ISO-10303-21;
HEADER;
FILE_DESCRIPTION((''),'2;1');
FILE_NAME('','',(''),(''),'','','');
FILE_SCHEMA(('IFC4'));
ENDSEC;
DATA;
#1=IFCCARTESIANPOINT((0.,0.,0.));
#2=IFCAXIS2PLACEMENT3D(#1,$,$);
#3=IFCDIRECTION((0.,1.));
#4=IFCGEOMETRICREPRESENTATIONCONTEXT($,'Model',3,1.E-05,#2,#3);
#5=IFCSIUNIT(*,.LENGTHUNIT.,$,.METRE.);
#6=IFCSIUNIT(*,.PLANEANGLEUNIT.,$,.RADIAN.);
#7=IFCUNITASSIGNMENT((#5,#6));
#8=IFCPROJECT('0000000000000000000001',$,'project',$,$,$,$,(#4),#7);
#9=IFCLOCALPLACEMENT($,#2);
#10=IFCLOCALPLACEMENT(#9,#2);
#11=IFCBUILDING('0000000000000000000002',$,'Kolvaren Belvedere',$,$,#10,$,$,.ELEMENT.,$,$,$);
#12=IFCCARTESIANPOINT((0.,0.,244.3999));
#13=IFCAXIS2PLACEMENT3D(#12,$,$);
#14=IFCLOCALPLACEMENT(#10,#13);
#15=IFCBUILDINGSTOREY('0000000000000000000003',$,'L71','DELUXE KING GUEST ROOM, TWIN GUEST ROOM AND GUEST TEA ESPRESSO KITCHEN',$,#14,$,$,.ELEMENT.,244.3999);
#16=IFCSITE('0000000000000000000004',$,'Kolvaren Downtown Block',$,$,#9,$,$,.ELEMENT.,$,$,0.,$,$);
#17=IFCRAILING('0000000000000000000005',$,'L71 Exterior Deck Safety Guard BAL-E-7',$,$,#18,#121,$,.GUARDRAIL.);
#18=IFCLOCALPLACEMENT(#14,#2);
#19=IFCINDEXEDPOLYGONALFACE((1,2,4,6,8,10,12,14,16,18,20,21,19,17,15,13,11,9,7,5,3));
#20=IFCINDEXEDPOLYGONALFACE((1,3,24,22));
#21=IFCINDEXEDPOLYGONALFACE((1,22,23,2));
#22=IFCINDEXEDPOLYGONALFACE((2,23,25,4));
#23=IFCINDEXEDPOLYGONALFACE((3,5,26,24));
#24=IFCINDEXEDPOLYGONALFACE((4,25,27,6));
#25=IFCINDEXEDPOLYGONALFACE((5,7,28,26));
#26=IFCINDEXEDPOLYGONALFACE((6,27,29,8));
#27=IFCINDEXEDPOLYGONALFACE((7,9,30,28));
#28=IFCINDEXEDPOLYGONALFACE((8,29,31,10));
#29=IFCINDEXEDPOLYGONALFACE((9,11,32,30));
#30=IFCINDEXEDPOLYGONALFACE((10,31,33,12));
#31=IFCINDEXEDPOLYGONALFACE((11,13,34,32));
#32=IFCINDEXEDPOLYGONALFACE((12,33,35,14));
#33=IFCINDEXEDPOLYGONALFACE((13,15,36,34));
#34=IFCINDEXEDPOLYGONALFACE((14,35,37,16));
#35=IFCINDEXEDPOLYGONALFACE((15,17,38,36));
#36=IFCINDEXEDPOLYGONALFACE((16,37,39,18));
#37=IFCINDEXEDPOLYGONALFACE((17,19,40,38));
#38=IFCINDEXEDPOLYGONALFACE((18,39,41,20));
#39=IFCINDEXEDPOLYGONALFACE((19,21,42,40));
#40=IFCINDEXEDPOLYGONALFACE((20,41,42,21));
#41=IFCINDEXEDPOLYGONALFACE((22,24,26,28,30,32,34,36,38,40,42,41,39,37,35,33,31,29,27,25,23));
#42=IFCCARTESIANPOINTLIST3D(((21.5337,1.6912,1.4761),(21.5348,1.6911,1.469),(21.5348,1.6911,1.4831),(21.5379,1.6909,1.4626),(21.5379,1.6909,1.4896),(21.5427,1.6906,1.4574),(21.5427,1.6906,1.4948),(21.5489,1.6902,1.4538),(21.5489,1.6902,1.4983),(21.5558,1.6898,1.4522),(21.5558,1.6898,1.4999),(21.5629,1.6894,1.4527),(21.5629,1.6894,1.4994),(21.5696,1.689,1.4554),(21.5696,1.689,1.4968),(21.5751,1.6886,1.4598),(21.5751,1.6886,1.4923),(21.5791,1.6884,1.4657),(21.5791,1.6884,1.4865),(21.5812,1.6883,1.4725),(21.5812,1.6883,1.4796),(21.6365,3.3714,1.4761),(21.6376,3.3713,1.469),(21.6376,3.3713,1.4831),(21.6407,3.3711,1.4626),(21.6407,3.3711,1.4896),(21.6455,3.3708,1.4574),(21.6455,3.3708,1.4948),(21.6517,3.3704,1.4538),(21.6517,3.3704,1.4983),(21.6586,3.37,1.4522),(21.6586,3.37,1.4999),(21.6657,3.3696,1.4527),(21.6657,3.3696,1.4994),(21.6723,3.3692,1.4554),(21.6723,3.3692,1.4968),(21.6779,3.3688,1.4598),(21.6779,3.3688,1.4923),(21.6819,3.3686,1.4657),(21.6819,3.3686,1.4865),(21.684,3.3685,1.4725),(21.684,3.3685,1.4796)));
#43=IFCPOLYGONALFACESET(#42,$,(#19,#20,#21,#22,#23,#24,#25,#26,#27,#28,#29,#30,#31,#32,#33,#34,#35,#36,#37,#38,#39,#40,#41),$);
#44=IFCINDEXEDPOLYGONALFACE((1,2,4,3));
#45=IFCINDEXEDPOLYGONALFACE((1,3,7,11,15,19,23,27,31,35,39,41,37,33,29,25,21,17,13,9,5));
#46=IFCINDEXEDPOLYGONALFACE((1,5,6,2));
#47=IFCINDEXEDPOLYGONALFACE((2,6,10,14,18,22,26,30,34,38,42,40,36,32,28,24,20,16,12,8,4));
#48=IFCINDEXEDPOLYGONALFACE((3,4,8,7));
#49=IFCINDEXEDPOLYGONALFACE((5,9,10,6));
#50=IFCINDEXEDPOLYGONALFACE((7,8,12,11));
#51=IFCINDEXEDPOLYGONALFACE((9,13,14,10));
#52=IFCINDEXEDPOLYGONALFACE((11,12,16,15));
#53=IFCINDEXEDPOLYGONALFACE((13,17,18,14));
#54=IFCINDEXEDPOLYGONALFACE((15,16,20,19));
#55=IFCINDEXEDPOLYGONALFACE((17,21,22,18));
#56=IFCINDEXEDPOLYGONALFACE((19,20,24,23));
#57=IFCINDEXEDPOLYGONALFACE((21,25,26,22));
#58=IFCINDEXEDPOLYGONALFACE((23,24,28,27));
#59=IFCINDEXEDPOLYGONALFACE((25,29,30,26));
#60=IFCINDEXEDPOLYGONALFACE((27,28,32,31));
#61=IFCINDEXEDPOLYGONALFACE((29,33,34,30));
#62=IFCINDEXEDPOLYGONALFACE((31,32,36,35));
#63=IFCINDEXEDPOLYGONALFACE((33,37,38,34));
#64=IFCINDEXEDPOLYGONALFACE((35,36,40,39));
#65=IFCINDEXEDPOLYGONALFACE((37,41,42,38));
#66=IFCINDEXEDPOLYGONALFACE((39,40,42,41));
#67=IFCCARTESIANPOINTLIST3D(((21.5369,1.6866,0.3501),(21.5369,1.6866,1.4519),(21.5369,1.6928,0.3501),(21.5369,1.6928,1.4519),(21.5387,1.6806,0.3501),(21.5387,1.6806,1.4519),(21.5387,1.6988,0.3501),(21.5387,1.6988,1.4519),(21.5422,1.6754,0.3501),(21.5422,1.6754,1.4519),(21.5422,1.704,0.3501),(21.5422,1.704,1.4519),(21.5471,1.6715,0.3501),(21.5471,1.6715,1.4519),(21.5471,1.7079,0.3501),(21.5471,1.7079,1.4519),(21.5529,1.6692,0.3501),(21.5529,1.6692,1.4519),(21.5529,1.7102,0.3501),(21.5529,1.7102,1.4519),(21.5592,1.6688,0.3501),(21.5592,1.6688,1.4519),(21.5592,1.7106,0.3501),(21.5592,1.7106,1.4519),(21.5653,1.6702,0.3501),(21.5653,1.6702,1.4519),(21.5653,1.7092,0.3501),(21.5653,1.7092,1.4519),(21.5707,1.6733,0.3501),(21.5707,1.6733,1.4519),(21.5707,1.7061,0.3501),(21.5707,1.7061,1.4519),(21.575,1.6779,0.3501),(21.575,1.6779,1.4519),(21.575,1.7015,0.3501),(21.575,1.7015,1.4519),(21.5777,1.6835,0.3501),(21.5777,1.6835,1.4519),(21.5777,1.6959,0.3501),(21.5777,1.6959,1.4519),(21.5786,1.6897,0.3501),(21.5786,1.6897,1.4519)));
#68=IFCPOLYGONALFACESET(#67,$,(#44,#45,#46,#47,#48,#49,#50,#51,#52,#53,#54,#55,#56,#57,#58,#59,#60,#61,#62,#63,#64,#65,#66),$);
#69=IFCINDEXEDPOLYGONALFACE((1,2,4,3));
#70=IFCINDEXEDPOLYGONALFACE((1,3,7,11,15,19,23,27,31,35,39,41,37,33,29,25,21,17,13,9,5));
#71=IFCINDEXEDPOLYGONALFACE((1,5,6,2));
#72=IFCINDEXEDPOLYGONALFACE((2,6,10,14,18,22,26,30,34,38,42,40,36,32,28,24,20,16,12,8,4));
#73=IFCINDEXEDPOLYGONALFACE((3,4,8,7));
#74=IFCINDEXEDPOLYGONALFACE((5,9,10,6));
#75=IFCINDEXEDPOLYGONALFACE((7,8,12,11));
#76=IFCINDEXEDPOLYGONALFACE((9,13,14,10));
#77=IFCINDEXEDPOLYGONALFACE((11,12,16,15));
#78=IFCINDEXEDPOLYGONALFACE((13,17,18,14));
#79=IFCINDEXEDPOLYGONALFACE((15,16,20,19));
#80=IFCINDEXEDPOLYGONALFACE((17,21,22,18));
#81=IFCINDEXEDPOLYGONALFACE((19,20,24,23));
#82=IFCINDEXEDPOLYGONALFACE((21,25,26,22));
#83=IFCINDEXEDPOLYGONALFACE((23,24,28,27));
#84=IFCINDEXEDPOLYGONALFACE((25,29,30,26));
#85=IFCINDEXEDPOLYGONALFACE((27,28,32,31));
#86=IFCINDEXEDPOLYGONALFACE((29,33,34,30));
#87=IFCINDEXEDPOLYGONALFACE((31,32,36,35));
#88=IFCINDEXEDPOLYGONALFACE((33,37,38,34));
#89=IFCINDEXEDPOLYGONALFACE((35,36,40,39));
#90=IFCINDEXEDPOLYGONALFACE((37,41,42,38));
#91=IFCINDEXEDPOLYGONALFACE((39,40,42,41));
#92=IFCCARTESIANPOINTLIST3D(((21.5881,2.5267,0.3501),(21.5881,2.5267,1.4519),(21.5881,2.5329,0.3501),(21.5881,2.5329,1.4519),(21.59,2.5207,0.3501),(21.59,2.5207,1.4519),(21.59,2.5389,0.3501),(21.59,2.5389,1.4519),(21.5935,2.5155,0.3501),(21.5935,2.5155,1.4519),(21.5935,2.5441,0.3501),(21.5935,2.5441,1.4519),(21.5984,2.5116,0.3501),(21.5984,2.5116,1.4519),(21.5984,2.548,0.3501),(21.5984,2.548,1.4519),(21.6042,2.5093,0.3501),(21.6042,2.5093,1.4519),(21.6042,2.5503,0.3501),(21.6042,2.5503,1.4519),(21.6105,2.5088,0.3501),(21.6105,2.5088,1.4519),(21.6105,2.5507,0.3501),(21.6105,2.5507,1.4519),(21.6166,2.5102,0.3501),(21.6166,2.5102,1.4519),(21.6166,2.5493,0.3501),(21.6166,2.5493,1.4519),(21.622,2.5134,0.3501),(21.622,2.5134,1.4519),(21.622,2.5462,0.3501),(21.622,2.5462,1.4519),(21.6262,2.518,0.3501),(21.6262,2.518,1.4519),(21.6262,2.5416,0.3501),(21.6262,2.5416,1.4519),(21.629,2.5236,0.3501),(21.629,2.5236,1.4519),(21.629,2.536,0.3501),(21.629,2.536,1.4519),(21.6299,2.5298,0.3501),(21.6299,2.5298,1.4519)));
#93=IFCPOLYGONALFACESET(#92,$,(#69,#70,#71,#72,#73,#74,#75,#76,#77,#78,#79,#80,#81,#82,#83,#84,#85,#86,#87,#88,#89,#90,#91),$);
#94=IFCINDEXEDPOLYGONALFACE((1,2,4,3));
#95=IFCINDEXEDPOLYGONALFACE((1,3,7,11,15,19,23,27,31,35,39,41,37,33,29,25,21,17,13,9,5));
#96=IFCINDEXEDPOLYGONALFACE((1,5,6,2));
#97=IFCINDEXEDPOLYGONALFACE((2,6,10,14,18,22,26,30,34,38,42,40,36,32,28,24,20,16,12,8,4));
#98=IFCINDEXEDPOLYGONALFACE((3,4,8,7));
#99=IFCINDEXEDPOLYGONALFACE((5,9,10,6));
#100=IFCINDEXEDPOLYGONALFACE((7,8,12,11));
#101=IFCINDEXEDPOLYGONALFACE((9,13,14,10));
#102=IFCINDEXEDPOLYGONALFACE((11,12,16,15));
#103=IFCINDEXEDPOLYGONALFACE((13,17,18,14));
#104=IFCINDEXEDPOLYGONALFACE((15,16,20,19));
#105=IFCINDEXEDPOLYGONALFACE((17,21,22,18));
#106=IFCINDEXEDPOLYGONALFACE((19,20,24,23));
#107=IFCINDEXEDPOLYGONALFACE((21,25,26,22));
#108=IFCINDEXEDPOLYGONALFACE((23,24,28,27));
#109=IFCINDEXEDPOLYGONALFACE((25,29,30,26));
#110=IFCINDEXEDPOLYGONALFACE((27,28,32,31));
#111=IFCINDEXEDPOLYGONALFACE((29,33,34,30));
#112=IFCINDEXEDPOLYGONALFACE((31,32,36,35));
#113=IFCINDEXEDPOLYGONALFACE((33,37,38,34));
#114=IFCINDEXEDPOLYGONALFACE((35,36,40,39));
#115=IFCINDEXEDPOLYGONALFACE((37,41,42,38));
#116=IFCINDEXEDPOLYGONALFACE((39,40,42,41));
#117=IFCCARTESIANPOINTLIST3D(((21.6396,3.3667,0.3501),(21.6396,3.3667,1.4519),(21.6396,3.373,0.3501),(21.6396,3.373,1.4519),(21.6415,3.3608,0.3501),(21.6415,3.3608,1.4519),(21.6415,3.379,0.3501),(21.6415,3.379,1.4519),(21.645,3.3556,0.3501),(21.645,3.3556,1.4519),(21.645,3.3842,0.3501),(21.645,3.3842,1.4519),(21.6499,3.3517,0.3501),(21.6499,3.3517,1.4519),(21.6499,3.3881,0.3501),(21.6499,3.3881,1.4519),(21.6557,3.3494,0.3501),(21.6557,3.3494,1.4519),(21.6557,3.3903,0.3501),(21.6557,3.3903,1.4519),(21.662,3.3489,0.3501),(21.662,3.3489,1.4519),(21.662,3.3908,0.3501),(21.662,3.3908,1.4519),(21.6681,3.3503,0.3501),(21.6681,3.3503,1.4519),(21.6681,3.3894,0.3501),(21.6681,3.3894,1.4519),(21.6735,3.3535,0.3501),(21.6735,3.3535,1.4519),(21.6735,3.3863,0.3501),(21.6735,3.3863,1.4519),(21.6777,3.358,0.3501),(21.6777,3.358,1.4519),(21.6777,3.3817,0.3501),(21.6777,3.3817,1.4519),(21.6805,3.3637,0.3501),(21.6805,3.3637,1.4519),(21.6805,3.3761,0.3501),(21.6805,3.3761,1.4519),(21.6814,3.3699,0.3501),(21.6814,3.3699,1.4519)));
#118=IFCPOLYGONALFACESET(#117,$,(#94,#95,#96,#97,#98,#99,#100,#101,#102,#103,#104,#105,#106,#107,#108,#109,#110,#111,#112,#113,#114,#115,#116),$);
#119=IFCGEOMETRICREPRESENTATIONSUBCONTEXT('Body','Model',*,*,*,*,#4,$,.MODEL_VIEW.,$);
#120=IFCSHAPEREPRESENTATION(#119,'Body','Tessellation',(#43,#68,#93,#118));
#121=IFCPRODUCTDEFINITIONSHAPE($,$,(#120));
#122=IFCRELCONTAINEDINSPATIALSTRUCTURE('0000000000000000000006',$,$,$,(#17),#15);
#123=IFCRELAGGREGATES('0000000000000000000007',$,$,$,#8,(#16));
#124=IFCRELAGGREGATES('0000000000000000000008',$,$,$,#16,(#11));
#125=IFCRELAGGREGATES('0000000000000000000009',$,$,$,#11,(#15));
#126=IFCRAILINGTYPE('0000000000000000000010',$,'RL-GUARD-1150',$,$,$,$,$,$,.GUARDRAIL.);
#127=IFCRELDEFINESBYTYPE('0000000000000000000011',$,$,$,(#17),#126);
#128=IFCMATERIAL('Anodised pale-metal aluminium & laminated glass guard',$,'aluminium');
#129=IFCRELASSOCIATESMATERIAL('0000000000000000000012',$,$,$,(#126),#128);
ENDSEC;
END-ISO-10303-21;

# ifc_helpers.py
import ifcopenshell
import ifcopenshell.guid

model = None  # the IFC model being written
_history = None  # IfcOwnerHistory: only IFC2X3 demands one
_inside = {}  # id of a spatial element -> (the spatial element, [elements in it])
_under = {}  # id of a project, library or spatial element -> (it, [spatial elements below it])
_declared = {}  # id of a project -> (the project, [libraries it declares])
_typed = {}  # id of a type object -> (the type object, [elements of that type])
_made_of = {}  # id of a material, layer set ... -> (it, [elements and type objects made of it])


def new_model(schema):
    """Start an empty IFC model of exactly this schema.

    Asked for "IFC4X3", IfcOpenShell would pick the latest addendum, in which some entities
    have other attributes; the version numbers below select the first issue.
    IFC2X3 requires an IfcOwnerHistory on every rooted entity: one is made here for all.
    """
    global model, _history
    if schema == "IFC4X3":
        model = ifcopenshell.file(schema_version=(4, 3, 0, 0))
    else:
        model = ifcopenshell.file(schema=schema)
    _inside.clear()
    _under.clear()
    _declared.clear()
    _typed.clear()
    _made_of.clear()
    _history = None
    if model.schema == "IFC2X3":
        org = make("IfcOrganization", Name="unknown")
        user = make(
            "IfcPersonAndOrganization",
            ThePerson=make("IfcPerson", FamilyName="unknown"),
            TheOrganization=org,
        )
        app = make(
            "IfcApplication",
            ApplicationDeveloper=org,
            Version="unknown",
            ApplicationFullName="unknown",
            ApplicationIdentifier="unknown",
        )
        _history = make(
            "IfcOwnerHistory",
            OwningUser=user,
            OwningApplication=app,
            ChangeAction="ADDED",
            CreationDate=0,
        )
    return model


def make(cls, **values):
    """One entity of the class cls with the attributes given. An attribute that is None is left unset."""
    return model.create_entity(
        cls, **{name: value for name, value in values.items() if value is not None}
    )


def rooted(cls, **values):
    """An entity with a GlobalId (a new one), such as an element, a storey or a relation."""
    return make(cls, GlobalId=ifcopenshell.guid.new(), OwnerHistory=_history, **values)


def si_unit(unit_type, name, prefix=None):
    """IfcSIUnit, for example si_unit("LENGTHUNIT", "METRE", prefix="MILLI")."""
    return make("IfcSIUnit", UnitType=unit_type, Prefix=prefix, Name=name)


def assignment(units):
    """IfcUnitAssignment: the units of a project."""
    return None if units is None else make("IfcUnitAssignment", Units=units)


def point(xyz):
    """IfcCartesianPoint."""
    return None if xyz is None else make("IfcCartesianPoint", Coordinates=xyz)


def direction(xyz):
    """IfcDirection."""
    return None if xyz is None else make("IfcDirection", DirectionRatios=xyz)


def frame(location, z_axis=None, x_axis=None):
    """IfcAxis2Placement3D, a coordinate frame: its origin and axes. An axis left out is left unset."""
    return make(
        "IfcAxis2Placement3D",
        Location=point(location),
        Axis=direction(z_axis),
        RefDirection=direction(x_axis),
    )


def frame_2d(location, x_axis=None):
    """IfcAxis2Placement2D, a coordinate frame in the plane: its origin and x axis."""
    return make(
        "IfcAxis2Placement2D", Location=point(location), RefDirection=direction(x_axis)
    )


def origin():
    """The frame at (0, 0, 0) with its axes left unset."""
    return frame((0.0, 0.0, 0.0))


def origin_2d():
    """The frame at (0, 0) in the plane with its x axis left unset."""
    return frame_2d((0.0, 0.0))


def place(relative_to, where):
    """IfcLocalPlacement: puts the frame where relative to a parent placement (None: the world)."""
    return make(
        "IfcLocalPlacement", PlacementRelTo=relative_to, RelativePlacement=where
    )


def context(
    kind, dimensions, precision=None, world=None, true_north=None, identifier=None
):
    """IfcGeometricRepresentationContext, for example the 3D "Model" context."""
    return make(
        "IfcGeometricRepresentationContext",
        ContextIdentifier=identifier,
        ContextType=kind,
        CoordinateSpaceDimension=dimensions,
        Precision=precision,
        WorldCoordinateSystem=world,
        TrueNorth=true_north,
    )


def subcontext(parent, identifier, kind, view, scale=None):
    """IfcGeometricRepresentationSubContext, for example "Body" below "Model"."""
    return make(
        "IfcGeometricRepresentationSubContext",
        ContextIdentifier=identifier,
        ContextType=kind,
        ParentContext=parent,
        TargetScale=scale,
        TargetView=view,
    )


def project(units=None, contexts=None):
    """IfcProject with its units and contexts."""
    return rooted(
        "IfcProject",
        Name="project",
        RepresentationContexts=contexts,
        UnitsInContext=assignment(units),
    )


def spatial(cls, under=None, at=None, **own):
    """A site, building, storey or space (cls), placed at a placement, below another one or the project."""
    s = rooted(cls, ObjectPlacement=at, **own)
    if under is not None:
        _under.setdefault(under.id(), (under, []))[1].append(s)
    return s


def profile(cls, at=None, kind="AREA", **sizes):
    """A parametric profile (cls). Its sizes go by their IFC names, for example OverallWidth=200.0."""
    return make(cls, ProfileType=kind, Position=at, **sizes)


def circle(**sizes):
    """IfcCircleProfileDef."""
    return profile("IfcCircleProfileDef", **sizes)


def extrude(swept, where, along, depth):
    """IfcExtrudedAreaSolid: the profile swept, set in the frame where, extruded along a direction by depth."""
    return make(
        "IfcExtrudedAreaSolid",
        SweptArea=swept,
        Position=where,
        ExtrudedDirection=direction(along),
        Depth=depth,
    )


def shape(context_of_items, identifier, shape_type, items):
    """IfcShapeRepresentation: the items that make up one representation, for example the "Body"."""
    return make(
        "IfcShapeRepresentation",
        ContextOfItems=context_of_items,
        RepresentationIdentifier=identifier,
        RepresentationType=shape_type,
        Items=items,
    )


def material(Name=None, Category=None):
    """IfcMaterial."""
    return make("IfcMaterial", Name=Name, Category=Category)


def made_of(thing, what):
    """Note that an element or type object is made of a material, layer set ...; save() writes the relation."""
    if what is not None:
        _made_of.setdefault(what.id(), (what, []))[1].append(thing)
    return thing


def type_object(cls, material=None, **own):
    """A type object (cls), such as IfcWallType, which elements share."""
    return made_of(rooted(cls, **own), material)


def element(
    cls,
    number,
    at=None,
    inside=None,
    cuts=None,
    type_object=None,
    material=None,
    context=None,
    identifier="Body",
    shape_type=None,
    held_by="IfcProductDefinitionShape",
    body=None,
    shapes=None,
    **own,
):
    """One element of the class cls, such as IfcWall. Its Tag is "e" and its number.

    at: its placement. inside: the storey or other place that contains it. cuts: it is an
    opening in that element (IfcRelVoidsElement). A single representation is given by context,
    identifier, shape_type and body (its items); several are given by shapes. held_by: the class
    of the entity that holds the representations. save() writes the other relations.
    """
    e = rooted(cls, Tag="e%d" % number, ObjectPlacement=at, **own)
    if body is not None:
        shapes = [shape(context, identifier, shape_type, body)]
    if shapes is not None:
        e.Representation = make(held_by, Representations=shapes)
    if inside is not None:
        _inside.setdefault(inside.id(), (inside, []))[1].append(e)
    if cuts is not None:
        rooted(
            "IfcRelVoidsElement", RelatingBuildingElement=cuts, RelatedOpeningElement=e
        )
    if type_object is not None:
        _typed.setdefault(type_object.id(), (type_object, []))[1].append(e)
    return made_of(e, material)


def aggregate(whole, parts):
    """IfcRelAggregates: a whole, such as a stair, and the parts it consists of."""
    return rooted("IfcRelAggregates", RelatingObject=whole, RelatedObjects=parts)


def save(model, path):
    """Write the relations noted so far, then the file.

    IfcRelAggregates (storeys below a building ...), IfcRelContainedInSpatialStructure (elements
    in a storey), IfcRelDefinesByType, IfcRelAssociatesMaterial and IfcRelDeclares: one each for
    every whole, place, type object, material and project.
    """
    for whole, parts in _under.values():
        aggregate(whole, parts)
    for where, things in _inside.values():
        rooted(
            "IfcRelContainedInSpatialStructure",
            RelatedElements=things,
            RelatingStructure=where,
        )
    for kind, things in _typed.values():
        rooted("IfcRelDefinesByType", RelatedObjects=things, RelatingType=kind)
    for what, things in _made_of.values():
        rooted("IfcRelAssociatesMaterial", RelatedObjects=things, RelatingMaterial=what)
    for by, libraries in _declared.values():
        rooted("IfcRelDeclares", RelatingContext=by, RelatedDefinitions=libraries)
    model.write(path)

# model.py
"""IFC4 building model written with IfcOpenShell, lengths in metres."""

from ifc_helpers import new_model, si_unit, direction, frame, origin, origin_2d, place, context, subcontext, project, spatial, circle, extrude, material, type_object, element, save


model = new_model("IFC4")

# Units and contexts
model_context = context("Model", 3, precision=1e-05, world=origin(), true_north=direction((0.0, 1.0)))
body_context = subcontext(model_context, "Body", "Model", "MODEL_VIEW")
ifc_project = project(units=[si_unit("LENGTHUNIT", "METRE"), si_unit("PLANEANGLEUNIT", "RADIAN")], contexts=[model_context])

# Site, building, storey
site_placement = place(None, origin())
site = spatial("IfcSite", under=ifc_project, at=site_placement, Name="Kolvaren Downtown Block", CompositionType="ELEMENT", RefElevation=0.0)
building_placement = place(site_placement, origin())
building = spatial("IfcBuilding", under=site, at=building_placement, Name="Kolvaren Belvedere", CompositionType="ELEMENT")
storey_placement = place(building_placement, frame((0.0, 0.0, 244.3999)))
storey = spatial("IfcBuildingStorey", under=building, at=storey_placement, Name="L71", Description="DELUXE KING GUEST ROOM, TWIN GUEST ROOM AND GUEST TEA ESPRESSO KITCHEN", CompositionType="ELEMENT", Elevation=244.3999)

# Railing
ifc_material_1 = material(Name="Anodised pale-metal aluminium & laminated glass guard", Category="aluminium")
railing_type = type_object("IfcRailingType", Name="RL-GUARD-1150", PredefinedType="GUARDRAIL", material=ifc_material_1)
railing_1_placement = place(storey_placement, frame((21.5576, 1.6897, 0.3501)))
element("IfcRailing", 1, at=railing_1_placement, inside=storey, type_object=railing_type, Name="L71 Exterior Deck Safety Guard BAL-E-7", PredefinedType="GUARDRAIL", context=body_context, shape_type="SweptSolid", body=[
    extrude(circle(Radius=0.0239, at=origin_2d()), frame((0.0, 0.0, 1.126), z_axis=(0.06106, 0.998134, 0.0), x_axis=(-0.998134, 0.06106, 0.0)), (0.0, 0.0, 1.0), 1.6833),
    extrude(circle(Radius=0.021, at=origin_2d()), origin(), (0.0, 0.0, 1.0), 1.1018),
    extrude(circle(Radius=0.021, at=origin_2d()), frame((0.0513, 0.8401, 0.0)), (0.0, 0.0, 1.0), 1.1018),
    extrude(circle(Radius=0.021, at=origin_2d()), frame((0.1028, 1.6802, 0.0)), (0.0, 0.0, 1.0), 1.1018),
])

save(model, "model.ifc")
